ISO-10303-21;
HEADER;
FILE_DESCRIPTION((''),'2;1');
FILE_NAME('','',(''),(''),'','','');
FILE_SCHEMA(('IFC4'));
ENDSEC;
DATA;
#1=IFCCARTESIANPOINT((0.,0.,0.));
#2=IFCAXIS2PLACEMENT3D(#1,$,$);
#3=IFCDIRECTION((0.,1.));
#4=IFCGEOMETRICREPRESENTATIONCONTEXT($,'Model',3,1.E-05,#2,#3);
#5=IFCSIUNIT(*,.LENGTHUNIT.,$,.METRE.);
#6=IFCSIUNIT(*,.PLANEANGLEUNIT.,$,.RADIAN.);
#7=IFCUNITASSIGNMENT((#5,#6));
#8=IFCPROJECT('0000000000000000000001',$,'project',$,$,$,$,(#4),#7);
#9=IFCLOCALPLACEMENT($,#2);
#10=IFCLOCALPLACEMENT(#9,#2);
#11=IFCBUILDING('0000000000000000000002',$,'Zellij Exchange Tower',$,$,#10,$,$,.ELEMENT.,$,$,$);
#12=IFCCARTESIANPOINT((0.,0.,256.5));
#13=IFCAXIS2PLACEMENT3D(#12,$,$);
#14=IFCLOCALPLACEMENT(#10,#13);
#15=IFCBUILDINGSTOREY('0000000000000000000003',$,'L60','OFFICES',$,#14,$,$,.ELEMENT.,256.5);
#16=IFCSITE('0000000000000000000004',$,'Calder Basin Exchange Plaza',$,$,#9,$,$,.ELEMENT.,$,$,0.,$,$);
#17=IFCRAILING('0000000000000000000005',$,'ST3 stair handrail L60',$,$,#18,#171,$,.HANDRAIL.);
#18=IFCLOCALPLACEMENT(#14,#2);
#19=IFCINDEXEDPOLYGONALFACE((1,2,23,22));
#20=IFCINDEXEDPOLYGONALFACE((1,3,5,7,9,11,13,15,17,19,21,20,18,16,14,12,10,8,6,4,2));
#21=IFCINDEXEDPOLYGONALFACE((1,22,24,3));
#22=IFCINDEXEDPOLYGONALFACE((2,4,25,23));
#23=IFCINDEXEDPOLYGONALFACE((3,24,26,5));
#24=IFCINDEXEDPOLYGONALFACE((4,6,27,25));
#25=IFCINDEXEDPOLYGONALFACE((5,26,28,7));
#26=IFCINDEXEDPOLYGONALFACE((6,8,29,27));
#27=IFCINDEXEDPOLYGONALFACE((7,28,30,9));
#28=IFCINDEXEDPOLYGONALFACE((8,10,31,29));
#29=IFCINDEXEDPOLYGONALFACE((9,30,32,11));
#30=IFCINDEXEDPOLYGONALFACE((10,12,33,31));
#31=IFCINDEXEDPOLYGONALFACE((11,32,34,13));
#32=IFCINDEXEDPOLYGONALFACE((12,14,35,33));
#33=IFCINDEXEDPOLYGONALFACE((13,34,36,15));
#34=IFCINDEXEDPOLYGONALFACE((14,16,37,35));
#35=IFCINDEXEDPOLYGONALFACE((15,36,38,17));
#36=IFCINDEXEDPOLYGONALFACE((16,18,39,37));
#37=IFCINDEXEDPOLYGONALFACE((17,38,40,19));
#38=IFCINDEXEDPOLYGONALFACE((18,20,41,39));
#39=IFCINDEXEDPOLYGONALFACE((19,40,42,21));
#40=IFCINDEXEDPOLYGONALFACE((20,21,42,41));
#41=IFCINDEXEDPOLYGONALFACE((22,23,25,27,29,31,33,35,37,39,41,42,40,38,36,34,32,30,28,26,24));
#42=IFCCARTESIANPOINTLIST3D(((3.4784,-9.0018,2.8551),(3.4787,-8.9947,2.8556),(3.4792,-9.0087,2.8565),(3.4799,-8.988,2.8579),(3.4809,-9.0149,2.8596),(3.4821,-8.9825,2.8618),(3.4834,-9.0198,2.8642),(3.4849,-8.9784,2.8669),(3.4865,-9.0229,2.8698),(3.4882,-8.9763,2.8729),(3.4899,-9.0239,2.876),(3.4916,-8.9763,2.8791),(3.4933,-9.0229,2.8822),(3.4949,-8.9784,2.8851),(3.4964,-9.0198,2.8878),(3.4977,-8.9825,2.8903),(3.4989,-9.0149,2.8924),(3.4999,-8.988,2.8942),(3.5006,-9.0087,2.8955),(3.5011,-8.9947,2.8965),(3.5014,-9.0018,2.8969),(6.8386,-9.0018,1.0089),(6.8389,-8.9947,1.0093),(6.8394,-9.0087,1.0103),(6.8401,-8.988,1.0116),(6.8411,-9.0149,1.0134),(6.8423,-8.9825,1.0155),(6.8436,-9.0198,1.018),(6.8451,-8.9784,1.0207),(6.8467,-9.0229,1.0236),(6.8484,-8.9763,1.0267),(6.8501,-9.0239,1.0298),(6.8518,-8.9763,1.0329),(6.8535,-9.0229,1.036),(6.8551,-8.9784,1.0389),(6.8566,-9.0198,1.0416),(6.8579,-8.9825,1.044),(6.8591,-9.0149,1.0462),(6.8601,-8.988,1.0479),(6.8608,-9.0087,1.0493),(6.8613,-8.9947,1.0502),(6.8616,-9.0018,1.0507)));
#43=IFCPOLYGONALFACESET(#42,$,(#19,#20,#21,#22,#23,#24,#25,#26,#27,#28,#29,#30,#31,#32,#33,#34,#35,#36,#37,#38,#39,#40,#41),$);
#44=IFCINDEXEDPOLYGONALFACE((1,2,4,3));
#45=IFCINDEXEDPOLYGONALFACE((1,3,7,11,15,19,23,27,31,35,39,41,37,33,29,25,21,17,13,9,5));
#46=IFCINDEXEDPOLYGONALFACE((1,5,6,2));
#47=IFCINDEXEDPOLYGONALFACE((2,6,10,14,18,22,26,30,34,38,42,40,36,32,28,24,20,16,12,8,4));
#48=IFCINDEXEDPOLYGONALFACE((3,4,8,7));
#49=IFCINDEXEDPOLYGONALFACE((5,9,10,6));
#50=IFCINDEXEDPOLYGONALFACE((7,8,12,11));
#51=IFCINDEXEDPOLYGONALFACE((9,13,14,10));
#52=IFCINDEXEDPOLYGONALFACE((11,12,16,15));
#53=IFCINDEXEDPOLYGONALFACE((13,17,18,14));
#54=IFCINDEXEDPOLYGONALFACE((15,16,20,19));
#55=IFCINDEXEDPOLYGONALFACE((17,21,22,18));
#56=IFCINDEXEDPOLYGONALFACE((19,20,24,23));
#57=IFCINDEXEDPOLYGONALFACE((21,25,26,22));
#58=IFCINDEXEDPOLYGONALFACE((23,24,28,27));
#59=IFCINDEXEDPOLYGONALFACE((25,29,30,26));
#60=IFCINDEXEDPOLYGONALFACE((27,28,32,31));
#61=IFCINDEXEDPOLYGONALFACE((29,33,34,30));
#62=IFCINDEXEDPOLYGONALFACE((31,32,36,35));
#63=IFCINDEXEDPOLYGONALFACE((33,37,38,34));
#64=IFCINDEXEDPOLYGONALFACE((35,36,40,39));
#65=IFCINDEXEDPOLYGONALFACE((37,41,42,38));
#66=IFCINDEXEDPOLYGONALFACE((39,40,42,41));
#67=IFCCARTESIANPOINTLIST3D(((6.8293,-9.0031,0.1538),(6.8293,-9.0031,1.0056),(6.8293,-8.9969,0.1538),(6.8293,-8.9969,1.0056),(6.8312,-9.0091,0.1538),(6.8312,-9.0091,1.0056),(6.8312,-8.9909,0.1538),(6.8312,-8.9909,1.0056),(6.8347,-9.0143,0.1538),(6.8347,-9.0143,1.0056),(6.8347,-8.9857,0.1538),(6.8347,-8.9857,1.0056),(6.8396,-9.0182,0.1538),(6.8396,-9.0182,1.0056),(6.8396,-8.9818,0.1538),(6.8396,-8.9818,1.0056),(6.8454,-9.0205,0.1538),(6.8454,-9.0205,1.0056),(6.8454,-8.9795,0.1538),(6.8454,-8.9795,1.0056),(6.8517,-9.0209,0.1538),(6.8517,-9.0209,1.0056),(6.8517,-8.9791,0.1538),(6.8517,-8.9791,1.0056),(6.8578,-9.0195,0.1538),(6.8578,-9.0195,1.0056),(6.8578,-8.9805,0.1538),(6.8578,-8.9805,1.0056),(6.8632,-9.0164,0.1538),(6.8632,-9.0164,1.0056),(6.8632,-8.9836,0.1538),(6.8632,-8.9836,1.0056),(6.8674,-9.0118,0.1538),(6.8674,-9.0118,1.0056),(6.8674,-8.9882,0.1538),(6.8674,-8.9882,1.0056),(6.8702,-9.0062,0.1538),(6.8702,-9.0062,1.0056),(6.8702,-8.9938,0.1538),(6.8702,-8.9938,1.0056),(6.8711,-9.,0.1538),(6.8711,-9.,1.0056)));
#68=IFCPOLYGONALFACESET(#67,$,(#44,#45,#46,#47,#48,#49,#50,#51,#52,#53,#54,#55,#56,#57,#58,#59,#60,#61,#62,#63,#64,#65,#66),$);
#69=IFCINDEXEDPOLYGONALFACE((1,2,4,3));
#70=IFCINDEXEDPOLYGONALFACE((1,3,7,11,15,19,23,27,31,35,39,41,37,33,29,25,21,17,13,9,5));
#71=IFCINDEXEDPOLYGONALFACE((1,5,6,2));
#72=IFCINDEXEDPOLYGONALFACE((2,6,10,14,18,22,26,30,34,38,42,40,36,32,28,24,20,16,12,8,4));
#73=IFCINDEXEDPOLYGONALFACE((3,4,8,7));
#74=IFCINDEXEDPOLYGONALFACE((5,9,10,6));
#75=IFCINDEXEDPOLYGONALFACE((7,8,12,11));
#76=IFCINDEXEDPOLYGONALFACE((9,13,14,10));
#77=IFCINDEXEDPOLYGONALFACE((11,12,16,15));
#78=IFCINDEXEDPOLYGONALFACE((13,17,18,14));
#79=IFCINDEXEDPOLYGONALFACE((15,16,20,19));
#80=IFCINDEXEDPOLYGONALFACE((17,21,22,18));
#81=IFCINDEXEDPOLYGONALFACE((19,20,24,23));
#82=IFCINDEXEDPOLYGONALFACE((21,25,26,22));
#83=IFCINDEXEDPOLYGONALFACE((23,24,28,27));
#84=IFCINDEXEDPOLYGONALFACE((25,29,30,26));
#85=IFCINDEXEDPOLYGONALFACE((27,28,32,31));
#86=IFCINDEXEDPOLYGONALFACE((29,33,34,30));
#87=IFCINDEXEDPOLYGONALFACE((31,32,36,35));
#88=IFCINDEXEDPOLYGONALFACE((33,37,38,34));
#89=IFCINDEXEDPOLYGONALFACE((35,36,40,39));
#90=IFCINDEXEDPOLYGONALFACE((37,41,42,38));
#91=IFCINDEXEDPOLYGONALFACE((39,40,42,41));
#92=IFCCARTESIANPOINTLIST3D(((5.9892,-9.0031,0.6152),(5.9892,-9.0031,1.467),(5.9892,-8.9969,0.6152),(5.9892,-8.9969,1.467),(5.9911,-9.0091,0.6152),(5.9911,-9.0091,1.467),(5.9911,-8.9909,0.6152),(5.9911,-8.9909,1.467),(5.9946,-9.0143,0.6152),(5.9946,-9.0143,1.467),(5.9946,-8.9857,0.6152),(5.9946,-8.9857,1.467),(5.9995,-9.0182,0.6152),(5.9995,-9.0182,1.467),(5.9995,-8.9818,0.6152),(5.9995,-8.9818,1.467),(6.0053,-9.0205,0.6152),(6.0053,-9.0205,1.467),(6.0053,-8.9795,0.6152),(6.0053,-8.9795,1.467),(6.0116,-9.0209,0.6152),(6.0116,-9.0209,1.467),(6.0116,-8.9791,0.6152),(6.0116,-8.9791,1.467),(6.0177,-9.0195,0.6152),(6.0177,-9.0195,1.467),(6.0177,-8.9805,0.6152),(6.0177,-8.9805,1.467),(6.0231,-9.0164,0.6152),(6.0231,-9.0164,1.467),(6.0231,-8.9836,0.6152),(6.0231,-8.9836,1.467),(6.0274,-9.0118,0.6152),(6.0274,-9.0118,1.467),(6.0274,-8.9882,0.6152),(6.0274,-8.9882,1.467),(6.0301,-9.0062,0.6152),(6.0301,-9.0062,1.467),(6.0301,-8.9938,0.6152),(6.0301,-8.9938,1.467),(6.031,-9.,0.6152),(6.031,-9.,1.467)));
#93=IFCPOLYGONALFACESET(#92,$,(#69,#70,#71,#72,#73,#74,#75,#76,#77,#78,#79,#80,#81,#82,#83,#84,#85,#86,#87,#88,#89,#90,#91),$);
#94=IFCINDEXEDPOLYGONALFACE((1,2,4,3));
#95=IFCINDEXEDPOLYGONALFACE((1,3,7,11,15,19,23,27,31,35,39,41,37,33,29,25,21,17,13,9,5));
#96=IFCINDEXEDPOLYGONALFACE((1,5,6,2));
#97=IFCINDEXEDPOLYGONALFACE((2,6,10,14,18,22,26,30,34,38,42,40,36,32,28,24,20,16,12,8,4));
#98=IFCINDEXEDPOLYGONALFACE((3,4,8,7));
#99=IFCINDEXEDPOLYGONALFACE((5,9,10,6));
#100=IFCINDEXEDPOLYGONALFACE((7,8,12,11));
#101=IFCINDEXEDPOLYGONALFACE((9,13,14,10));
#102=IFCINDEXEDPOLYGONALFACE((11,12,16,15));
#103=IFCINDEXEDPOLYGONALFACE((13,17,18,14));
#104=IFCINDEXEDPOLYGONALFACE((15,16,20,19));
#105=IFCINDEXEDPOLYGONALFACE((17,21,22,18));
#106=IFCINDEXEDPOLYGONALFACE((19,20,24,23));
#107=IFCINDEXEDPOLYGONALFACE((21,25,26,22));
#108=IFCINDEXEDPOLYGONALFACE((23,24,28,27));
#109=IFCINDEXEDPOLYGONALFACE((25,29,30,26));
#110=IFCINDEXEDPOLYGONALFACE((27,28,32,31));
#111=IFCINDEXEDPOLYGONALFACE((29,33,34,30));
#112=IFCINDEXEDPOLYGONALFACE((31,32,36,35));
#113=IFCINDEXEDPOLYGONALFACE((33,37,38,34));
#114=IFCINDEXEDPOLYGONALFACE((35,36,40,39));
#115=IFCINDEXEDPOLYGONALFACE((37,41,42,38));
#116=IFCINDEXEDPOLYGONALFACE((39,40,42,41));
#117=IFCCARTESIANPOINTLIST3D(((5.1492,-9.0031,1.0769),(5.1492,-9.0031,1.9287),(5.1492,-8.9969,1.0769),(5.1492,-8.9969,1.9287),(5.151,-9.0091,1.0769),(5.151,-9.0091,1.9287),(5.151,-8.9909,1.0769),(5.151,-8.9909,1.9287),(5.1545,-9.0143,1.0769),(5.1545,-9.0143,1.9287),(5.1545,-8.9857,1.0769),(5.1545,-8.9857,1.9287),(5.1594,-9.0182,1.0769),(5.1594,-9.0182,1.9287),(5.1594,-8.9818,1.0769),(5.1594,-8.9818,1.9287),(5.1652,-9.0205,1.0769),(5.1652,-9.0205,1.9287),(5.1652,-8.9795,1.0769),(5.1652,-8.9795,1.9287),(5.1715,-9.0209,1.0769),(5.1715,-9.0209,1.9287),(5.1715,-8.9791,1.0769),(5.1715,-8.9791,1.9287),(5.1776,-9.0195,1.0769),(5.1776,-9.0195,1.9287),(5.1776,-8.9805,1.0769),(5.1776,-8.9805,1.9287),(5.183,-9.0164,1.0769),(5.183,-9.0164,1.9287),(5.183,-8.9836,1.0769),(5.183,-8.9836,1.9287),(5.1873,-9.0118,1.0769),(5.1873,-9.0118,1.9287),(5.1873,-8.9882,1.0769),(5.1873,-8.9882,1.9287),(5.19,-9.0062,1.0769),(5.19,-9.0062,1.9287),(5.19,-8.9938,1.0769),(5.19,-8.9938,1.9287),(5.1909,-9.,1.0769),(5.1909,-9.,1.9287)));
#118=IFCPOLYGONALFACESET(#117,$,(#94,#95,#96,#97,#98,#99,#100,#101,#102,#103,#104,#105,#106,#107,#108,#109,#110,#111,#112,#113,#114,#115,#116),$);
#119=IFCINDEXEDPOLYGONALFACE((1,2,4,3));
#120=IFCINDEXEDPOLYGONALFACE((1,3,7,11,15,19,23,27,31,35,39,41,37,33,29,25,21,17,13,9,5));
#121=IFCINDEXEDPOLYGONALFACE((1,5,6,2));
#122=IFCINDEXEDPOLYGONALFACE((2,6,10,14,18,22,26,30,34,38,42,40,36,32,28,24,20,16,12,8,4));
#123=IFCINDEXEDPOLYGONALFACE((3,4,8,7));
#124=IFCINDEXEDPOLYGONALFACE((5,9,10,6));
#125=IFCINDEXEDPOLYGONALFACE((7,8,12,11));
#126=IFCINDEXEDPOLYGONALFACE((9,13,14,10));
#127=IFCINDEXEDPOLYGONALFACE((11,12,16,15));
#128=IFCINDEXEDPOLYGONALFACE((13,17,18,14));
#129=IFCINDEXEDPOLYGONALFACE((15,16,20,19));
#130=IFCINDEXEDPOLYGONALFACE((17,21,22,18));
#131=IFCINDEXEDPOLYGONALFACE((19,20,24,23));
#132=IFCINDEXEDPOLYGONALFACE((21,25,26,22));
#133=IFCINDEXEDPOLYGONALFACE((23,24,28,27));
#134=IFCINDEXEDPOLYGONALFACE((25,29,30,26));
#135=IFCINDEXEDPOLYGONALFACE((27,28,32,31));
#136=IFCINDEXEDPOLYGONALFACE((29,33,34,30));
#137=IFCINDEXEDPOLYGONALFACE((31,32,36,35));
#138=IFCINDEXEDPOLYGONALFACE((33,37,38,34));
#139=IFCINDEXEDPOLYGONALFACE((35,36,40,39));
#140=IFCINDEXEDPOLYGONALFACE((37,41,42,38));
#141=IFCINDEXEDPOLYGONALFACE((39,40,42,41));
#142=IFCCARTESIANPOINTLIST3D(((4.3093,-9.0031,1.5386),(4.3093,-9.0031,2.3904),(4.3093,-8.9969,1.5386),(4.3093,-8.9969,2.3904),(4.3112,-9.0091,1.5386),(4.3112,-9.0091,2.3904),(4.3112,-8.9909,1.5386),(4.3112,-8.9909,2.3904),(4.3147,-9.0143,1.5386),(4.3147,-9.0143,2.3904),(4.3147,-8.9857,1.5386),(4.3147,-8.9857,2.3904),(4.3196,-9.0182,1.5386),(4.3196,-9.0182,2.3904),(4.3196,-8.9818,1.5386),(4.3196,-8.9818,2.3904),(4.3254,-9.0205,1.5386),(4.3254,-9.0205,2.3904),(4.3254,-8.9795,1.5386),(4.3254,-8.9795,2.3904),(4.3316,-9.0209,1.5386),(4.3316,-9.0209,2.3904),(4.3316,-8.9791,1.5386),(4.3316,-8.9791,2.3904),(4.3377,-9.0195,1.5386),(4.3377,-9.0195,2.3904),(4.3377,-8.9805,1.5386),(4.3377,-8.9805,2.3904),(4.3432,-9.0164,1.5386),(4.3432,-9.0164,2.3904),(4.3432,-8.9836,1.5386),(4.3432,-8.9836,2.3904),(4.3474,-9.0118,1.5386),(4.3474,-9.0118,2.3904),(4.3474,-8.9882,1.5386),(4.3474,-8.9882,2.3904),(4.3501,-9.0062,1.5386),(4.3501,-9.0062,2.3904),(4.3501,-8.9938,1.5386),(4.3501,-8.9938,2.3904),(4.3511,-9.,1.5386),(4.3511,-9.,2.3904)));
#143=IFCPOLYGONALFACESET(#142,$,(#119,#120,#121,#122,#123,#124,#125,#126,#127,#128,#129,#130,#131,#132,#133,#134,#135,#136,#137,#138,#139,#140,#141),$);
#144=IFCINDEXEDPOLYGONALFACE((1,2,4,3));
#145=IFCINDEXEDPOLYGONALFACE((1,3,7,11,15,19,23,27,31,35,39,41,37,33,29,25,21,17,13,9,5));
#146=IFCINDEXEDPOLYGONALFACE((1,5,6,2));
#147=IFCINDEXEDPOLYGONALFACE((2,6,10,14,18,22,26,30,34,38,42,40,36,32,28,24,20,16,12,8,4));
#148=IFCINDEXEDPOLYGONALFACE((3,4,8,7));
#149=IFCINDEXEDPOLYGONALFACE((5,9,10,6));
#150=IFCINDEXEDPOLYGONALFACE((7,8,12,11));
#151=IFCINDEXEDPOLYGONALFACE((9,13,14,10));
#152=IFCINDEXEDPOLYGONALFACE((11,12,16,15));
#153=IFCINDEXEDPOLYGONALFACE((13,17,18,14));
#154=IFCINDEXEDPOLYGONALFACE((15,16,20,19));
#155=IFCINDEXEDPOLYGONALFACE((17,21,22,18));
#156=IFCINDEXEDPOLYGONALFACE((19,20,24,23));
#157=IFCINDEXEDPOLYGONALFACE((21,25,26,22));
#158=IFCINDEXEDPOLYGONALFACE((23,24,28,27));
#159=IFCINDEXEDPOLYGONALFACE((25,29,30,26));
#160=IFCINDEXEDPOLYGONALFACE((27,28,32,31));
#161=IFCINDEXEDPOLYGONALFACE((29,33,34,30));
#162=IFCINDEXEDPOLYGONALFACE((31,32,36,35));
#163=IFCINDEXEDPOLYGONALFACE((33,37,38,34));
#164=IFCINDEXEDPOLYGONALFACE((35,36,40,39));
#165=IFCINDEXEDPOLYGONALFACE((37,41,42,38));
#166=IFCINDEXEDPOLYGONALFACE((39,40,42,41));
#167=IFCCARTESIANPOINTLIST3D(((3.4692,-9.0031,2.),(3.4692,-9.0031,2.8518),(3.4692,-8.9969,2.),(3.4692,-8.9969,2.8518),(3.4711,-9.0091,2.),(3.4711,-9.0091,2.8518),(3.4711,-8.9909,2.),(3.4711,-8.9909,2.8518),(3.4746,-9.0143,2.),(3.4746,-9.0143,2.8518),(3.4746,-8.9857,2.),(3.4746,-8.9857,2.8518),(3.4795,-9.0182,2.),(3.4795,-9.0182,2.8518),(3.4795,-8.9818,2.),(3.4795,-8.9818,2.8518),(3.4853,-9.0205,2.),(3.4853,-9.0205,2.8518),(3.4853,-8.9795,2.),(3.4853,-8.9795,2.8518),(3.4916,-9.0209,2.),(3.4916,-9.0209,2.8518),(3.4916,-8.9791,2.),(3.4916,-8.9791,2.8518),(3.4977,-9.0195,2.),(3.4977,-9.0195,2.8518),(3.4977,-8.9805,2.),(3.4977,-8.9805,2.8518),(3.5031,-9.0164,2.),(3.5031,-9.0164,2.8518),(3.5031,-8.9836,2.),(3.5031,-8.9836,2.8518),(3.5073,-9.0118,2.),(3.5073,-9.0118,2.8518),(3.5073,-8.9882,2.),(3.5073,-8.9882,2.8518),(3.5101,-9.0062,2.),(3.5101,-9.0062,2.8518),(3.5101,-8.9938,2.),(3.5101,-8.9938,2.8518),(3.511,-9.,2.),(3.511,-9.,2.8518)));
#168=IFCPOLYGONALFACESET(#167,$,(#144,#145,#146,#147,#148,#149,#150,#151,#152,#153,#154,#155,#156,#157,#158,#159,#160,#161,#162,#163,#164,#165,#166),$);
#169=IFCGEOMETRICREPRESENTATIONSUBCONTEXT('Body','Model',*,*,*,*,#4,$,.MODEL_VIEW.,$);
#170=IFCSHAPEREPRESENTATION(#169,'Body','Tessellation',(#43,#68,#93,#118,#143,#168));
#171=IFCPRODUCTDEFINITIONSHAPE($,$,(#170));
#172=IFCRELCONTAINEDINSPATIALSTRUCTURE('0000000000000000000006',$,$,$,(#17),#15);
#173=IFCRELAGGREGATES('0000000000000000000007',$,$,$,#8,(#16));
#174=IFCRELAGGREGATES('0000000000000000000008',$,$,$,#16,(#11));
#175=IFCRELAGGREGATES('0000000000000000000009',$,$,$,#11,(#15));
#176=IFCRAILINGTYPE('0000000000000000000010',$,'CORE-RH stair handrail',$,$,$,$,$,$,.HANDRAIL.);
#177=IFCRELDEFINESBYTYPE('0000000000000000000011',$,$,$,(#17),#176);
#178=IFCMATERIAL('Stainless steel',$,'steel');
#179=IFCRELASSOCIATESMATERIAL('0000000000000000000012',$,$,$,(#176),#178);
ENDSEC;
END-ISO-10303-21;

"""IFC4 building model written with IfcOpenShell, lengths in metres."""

from ifc_helpers import new_model, si_unit, direction, frame, origin, origin_2d, place, context, subcontext, project, spatial, circle, extrude, material, type_object, element, save


model = new_model("IFC4")

# Units and contexts
model_context = context("Model", 3, precision=1e-05, world=origin(), true_north=direction((0.0, 1.0)))
body_context = subcontext(model_context, "Body", "Model", "MODEL_VIEW")
ifc_project = project(units=[si_unit("LENGTHUNIT", "METRE"), si_unit("PLANEANGLEUNIT", "RADIAN")], contexts=[model_context])

# Site, building, storey
site_placement = place(None, origin())
site = spatial("IfcSite", under=ifc_project, at=site_placement, Name="Calder Basin Exchange Plaza", CompositionType="ELEMENT", RefElevation=0.0)
building_placement = place(site_placement, origin())
building = spatial("IfcBuilding", under=site, at=building_placement, Name="Zellij Exchange Tower", CompositionType="ELEMENT")
storey_placement = place(building_placement, frame((0.0, 0.0, 256.5)))
storey = spatial("IfcBuildingStorey", under=building, at=storey_placement, Name="L60", Description="OFFICES", CompositionType="ELEMENT", Elevation=256.5)

# Railing
ifc_material_1 = material(Name="Stainless steel", Category="steel")
railing_type_1 = type_object("IfcRailingType", Name="CORE-RH stair handrail", PredefinedType="HANDRAIL", material=ifc_material_1)
railing_1_placement = place(storey_placement, frame((6.8501, -9.0, 0.1538)))
element("IfcRailing", 1, at=railing_1_placement, inside=storey, type_object=railing_type_1, Name="ST3 stair handrail L60", PredefinedType="HANDRAIL", context=body_context, shape_type="SweptSolid", body=[
    extrude(circle(Radius=0.0239, at=origin_2d()), frame((0.0, 0.0, 0.876), z_axis=(-0.876422, 0.0, 0.481545), x_axis=(0.0, -1.0, 0.0)), (0.0, 0.0, 1.0), 3.834),
    extrude(circle(Radius=0.021, at=origin_2d()), origin(), (0.0, 0.0, 1.0), 0.8518),
    extrude(circle(Radius=0.021, at=origin_2d()), frame((-0.8401, 0.0, 0.4614)), (0.0, 0.0, 1.0), 0.8518),
    extrude(circle(Radius=0.021, at=origin_2d()), frame((-1.6802, 0.0, 0.9231)), (0.0, 0.0, 1.0), 0.8518),
    extrude(circle(Radius=0.021, at=origin_2d()), frame((-2.52, 0.0, 1.3848)), (0.0, 0.0, 1.0), 0.8518),
    extrude(circle(Radius=0.021, at=origin_2d()), frame((-3.3601, 0.0, 1.8462)), (0.0, 0.0, 1.0), 0.8518),
])

save(model, "model.ifc")
